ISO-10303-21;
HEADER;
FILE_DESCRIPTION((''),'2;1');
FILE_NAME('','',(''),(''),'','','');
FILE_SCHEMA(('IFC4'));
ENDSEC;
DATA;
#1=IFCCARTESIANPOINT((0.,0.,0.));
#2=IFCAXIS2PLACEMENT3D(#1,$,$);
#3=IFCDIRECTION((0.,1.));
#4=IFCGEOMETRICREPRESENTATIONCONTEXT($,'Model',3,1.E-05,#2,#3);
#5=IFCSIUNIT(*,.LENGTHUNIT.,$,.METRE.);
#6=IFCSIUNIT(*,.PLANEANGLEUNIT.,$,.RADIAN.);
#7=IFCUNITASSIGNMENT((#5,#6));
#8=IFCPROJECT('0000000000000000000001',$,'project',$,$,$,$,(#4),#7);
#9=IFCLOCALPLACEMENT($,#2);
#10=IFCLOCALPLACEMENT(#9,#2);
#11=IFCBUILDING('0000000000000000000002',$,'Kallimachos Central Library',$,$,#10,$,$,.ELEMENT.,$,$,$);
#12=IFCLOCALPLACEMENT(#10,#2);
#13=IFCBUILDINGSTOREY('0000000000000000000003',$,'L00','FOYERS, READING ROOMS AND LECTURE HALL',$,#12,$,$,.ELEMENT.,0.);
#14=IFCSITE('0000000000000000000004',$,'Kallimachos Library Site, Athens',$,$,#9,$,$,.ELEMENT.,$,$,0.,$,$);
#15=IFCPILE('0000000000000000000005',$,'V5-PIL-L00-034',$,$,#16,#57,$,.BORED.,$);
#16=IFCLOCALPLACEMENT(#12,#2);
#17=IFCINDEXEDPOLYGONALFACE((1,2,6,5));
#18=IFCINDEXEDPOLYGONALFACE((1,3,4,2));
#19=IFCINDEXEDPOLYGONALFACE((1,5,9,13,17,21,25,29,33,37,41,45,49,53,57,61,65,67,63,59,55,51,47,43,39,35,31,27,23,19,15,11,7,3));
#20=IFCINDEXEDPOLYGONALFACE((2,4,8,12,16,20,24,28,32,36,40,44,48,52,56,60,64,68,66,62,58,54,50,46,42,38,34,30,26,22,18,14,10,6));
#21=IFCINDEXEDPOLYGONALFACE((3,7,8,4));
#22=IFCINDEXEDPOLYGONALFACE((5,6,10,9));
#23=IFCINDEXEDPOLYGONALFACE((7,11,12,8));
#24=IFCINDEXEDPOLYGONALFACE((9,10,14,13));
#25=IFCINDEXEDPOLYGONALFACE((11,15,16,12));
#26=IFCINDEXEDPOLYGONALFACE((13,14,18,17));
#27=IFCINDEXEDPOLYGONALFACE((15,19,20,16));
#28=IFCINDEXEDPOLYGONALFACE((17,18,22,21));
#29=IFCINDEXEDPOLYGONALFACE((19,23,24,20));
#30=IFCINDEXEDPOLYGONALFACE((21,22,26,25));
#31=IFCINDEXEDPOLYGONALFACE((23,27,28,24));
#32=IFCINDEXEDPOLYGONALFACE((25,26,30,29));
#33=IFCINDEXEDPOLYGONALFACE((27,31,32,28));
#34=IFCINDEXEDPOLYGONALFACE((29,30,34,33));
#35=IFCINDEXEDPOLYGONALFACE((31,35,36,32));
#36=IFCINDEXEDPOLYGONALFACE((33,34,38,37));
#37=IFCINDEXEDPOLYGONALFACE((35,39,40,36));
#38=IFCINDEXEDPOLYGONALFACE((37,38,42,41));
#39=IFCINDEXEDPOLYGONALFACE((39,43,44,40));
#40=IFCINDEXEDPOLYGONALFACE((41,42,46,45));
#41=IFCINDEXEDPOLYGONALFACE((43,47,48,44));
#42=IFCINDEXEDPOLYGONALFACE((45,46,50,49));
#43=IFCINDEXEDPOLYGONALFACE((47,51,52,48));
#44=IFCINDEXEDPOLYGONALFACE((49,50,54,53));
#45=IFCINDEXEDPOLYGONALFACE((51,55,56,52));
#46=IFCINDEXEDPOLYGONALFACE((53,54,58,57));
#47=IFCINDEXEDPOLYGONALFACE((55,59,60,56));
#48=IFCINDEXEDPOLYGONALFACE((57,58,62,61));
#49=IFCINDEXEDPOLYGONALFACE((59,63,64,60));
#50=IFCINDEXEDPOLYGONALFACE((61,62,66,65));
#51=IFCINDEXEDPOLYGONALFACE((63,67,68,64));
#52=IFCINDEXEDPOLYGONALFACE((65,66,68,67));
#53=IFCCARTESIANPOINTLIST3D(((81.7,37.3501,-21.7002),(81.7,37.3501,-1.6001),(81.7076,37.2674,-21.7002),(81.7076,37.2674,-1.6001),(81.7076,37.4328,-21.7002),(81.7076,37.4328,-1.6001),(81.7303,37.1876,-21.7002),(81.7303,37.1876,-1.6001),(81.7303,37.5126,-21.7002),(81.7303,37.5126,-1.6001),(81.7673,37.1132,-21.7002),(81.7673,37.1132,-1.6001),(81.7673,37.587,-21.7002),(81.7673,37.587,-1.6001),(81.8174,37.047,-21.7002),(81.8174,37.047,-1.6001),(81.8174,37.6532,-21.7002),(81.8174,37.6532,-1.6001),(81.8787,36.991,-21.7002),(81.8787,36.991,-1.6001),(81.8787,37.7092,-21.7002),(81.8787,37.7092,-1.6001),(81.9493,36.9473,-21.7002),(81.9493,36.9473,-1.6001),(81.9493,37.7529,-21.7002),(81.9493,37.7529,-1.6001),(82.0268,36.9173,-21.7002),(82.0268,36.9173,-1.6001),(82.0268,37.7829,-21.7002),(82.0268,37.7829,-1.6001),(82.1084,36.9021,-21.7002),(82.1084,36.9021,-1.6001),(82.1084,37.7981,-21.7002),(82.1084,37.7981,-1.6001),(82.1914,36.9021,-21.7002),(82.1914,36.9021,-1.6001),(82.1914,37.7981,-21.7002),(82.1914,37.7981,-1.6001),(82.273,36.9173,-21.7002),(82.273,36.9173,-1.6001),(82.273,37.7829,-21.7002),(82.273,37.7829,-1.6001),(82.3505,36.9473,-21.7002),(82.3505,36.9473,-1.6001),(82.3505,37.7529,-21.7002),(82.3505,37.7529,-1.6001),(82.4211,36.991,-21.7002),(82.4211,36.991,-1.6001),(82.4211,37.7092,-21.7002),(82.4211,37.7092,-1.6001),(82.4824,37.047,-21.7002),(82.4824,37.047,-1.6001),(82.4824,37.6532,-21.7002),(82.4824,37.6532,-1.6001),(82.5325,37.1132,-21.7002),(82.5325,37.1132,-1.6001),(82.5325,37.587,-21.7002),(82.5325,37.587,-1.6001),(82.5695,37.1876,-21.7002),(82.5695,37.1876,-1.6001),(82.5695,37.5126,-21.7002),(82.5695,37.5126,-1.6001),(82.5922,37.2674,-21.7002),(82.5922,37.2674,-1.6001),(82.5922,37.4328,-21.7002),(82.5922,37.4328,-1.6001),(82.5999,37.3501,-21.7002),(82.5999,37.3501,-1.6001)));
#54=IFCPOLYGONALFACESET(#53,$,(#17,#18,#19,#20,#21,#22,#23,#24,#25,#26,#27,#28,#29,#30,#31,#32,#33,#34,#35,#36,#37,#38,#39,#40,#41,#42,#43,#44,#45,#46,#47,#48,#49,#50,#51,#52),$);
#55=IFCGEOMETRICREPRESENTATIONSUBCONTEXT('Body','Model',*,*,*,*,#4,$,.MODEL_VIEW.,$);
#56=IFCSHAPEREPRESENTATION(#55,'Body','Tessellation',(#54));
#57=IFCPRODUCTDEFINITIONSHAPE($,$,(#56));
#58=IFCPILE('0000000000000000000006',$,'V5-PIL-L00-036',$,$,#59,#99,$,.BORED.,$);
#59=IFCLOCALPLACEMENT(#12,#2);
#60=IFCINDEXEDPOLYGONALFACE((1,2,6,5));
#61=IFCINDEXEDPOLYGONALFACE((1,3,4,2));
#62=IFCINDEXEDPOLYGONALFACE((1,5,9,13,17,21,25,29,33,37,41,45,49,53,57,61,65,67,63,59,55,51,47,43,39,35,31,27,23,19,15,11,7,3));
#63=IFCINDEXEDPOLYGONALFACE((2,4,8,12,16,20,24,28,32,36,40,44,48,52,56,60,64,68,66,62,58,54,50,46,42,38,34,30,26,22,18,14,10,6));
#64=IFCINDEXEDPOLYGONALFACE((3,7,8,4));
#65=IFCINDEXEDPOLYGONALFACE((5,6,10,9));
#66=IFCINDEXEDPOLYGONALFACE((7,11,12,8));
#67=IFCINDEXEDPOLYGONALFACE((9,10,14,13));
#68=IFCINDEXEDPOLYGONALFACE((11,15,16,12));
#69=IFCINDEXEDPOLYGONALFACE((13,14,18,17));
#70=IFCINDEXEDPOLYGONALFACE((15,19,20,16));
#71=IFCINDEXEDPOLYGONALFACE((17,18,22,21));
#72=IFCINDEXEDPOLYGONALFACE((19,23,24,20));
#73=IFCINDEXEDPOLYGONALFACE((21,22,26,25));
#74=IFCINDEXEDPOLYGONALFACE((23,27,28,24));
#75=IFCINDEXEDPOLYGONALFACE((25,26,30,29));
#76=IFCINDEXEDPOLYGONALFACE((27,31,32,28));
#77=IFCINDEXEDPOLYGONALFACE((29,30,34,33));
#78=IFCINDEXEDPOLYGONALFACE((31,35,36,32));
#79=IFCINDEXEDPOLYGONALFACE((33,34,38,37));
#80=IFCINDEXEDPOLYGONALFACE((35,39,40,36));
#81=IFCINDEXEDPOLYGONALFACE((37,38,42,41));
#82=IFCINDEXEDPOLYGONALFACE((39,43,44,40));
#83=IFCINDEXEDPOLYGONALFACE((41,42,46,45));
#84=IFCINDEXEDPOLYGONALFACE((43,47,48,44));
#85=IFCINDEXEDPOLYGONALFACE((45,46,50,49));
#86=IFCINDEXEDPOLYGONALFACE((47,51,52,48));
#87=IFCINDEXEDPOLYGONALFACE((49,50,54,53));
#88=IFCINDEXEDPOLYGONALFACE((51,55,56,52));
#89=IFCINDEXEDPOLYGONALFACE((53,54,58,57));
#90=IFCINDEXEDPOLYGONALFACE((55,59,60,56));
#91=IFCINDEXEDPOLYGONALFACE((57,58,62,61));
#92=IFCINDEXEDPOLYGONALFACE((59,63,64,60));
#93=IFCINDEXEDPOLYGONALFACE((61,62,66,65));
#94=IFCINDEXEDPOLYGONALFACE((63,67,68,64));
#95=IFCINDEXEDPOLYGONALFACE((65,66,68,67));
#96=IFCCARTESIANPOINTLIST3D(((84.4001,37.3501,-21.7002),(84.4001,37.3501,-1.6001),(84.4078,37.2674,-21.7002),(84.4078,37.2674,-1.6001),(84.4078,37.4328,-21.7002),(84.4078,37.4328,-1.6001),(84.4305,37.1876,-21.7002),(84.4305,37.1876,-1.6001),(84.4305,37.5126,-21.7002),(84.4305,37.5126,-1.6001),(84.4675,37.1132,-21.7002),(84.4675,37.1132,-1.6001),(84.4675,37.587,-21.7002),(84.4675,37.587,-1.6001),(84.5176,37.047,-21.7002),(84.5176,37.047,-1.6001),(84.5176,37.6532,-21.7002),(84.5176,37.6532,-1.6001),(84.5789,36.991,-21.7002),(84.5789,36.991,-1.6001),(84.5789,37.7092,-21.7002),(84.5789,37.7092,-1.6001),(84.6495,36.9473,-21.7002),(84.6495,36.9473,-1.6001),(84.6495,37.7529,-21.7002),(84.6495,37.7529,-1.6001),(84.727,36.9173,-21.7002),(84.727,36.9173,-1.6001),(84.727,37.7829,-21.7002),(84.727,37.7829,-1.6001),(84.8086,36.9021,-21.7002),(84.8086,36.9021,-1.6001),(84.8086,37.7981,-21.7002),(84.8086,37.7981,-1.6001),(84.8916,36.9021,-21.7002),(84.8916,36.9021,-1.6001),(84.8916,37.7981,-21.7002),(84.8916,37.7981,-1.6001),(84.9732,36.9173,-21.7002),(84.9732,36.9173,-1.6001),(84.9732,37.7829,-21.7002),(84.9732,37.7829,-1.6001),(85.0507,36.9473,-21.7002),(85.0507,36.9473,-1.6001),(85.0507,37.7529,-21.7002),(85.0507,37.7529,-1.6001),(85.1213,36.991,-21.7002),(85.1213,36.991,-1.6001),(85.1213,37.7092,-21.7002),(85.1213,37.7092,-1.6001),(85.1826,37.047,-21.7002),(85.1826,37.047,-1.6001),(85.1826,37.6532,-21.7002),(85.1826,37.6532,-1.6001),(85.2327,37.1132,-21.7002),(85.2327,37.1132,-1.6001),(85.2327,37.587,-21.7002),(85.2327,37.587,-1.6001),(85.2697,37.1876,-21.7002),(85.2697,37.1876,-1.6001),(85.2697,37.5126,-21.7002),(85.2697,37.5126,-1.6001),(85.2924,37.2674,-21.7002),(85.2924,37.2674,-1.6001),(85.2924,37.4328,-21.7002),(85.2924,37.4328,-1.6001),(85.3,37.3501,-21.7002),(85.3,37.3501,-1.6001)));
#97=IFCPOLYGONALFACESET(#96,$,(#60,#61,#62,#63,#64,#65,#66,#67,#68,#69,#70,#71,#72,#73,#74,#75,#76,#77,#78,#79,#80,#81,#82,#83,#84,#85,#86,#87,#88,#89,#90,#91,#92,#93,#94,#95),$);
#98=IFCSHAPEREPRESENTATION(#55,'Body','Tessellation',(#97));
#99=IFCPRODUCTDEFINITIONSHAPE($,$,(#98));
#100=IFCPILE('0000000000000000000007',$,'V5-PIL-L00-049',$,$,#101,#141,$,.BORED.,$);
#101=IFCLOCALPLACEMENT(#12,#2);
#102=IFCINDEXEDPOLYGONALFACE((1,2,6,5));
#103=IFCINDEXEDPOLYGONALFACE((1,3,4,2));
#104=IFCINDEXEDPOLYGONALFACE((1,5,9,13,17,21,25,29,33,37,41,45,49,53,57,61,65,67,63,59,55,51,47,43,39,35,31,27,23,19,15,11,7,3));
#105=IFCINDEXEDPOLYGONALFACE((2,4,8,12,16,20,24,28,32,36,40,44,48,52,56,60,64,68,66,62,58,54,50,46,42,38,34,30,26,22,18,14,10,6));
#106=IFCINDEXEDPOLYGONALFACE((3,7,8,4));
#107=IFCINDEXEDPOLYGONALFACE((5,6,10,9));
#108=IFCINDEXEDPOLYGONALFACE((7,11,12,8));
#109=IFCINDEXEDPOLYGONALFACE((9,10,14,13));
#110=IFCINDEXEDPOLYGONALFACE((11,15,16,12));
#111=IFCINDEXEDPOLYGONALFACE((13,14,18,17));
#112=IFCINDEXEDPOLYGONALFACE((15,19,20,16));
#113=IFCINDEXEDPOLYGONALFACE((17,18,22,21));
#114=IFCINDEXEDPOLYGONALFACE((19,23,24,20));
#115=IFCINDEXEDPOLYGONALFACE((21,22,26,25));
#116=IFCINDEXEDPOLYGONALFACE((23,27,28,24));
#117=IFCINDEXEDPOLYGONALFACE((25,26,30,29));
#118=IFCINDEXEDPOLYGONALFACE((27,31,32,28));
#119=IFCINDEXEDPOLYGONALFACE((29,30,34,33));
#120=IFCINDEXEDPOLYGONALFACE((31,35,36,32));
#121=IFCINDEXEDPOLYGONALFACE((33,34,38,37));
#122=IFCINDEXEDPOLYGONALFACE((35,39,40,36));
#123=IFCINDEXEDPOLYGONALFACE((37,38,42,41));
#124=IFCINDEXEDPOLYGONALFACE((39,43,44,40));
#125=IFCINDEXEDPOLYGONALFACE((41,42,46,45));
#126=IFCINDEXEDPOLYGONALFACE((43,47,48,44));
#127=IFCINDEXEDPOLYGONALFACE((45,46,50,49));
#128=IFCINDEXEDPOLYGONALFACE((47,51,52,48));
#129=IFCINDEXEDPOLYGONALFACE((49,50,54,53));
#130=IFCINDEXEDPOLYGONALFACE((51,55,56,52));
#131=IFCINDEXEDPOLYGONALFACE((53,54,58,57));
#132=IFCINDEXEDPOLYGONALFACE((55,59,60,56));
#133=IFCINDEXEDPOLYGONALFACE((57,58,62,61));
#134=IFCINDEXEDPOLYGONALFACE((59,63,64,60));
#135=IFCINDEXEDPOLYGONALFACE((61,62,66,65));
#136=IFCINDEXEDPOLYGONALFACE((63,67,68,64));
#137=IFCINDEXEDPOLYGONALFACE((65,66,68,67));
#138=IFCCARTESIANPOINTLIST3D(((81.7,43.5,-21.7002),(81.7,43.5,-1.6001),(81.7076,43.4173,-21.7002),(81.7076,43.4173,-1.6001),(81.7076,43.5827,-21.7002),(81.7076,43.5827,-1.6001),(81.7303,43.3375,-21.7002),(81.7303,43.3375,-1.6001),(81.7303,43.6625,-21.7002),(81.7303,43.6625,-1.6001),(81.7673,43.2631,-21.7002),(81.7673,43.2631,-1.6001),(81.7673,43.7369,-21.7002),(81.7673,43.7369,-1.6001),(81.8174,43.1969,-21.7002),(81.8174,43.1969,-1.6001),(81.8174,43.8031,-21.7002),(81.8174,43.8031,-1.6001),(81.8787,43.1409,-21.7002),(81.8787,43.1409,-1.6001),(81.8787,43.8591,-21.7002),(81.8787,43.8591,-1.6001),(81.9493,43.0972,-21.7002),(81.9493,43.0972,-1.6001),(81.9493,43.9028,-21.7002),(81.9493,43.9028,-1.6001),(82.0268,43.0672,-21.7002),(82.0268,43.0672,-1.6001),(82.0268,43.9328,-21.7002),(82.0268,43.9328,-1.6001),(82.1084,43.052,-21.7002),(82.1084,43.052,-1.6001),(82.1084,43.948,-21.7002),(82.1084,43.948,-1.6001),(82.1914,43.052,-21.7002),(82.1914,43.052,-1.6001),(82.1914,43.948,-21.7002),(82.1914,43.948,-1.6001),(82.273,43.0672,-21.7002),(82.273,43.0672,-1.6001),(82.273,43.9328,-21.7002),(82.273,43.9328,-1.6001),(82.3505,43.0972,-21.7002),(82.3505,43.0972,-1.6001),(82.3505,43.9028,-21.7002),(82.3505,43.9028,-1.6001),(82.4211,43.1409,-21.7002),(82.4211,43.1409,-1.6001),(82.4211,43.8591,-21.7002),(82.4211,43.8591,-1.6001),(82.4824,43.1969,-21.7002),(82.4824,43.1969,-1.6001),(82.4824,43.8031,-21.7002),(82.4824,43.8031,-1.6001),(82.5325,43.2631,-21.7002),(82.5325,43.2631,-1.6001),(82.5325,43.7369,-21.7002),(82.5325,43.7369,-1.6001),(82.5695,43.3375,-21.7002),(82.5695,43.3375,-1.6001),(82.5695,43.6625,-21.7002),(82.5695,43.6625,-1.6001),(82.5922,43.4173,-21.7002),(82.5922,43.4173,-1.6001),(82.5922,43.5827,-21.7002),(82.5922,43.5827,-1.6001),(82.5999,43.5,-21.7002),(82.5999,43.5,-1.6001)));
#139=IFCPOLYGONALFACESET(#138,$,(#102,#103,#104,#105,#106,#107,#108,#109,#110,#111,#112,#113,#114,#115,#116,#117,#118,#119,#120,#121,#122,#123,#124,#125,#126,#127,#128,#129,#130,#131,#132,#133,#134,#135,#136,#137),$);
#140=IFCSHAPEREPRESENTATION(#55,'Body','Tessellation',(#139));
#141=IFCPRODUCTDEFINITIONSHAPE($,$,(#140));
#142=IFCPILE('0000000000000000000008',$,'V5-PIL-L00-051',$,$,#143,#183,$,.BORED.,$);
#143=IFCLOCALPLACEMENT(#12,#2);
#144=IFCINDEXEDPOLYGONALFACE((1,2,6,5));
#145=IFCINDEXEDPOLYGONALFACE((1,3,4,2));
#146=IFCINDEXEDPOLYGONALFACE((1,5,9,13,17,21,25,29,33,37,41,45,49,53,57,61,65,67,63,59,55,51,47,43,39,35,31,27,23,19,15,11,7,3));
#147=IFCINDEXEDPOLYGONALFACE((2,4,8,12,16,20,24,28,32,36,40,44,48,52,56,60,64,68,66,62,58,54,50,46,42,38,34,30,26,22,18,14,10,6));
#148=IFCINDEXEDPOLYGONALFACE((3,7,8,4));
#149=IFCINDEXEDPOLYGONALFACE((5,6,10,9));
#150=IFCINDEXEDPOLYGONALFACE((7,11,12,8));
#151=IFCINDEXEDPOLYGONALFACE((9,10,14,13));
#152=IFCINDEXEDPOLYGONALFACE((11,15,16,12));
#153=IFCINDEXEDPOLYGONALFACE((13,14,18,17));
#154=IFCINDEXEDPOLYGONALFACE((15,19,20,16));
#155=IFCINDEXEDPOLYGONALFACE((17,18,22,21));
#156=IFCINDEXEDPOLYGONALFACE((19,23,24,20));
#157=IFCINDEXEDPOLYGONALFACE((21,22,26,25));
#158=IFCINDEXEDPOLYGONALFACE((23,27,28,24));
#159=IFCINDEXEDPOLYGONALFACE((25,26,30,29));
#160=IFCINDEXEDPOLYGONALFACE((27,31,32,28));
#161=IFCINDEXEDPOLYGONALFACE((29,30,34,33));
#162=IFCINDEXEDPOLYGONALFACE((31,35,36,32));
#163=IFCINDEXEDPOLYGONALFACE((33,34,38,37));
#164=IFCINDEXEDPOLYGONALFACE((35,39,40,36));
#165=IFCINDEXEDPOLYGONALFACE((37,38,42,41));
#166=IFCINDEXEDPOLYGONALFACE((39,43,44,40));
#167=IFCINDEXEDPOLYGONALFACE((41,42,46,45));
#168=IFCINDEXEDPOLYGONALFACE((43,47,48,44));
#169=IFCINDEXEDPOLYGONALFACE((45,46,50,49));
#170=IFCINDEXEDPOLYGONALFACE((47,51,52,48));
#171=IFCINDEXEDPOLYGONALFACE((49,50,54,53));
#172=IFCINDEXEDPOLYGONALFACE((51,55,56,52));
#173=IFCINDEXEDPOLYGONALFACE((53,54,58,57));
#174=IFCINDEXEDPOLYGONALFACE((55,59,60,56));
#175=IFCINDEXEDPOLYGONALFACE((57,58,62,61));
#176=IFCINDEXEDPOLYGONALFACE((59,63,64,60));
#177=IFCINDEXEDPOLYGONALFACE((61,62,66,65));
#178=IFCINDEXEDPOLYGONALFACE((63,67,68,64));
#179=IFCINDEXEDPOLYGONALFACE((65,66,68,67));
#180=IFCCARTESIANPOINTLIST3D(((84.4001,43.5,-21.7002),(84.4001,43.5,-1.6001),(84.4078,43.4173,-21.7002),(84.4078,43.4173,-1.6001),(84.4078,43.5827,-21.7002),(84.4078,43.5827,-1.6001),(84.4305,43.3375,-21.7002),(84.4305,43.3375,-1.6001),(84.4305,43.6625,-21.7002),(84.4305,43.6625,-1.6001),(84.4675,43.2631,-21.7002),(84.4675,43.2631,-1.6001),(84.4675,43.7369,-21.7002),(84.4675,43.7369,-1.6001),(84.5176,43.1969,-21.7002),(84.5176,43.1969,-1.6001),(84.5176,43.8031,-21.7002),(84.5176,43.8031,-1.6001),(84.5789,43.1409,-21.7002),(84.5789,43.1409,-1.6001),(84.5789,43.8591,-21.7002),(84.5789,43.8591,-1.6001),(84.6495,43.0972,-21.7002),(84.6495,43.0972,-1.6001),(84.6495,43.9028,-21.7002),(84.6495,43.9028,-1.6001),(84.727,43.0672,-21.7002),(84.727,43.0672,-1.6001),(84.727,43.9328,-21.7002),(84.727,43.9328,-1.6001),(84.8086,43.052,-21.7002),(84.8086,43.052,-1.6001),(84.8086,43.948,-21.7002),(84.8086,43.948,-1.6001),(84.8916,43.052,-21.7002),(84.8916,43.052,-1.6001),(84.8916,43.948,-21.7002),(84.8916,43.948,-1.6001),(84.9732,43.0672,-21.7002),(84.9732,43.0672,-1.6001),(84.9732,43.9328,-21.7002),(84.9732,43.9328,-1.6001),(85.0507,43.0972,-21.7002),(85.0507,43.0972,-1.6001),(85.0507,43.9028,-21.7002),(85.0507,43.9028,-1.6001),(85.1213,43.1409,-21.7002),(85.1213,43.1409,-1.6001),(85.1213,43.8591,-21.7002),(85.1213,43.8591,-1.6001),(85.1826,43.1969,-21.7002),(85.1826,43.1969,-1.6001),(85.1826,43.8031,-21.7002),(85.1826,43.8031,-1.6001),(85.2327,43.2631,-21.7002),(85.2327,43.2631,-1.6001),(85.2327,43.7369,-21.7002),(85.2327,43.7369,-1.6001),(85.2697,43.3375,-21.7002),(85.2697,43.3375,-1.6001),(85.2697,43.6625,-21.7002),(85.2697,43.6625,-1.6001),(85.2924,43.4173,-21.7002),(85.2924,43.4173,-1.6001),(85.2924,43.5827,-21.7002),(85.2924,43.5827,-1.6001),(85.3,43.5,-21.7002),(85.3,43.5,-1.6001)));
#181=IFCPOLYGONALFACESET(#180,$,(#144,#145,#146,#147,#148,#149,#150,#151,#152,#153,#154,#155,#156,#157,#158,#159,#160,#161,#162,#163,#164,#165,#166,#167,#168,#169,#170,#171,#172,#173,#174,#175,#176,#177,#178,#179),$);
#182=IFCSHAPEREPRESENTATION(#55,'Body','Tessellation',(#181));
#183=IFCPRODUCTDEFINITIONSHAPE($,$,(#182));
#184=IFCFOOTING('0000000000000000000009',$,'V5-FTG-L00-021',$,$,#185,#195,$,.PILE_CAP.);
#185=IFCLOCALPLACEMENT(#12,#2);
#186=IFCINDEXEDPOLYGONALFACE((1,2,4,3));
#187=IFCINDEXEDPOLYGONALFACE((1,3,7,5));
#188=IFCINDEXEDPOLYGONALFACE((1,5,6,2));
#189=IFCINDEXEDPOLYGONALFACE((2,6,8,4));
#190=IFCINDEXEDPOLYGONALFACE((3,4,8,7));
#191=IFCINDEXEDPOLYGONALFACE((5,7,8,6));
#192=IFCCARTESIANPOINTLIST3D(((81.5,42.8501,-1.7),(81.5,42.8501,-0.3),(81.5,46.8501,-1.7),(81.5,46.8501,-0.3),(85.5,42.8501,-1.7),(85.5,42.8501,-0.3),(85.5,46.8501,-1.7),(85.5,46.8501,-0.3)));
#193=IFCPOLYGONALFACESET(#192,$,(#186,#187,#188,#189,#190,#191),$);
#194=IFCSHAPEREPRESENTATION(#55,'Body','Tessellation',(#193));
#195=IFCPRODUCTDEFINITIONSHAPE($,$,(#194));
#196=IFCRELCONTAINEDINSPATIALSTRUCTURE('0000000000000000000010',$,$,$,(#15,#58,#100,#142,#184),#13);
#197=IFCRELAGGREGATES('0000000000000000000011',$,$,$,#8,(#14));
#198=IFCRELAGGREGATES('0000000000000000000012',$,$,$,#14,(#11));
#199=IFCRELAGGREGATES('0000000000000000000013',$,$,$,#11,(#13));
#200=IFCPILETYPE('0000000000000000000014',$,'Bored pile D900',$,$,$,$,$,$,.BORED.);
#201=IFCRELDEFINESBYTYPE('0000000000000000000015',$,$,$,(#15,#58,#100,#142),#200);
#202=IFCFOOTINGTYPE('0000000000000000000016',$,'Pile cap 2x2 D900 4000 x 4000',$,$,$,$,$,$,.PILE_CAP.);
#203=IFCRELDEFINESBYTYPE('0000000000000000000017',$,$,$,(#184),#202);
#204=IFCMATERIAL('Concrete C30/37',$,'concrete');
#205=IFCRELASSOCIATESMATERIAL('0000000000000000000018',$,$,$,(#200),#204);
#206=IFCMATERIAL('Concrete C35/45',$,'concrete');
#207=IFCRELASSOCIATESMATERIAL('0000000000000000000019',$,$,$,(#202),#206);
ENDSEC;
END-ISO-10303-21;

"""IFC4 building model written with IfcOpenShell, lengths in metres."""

from ifc_helpers import new_model, si_unit, direction, frame, origin, origin_2d, place, context, subcontext, project, spatial, rectangle, circle, extrude, material, type_object, element, save


model = new_model("IFC4")

# Units and contexts
model_context = context("Model", 3, precision=1e-05, world=origin(), true_north=direction((0.0, 1.0)))
body_context = subcontext(model_context, "Body", "Model", "MODEL_VIEW")
ifc_project = project(units=[si_unit("LENGTHUNIT", "METRE"), si_unit("PLANEANGLEUNIT", "RADIAN")], contexts=[model_context])

# Site, building, storey
site_placement = place(None, origin())
site = spatial("IfcSite", under=ifc_project, at=site_placement, Name="Kallimachos Library Site, Athens", CompositionType="ELEMENT", RefElevation=0.0)
building_placement = place(site_placement, origin())
building = spatial("IfcBuilding", under=site, at=building_placement, Name="Kallimachos Central Library", CompositionType="ELEMENT")
storey_placement = place(building_placement, origin())
storey = spatial("IfcBuildingStorey", under=building, at=storey_placement, Name="L00", Description="FOYERS, READING ROOMS AND LECTURE HALL", CompositionType="ELEMENT", Elevation=0.0)

# Piles
ifc_material_1 = material(Name="Concrete C30/37", Category="concrete")
pile_type = type_object("IfcPileType", Name="Bored pile D900", PredefinedType="BORED", material=ifc_material_1)
for number, where, z_axis, x_axis, name in (
    (1, (82.1499, 37.3501, -1.6001), (0.0, 0.0, -1.0), (1.0, 0.0, 0.0), "V5-PIL-L00-034"),
    (2, (84.8501, 37.3501, -1.6001), (0.0, 0.0, -1.0), (1.0, 0.0, 0.0), "V5-PIL-L00-036"),
    (3, (82.1499, 43.5, -1.6001), (0.0, 0.0, -1.0), (1.0, 0.0, 0.0), "V5-PIL-L00-049"),
    (4, (84.8501, 43.5, -1.6001), (0.0, 0.0, -1.0), (1.0, 0.0, 0.0), "V5-PIL-L00-051"),
):
    element("IfcPile", number, at=place(storey_placement, frame(where, z_axis=z_axis, x_axis=x_axis)), inside=storey, type_object=pile_type, Name=name, PredefinedType="BORED", context=body_context, shape_type="SweptSolid", body=[
        extrude(circle(Radius=0.45, at=origin_2d()), origin(), (0.0, 0.0, 1.0), 20.1001),
    ])

# Footing
ifc_material_2 = material(Name="Concrete C35/45", Category="concrete")
footing_type = type_object("IfcFootingType", Name="Pile cap 2x2 D900 4000 x 4000", PredefinedType="PILE_CAP", material=ifc_material_2)
footing_placement = place(storey_placement, frame((83.5, 44.8501, -1.7), z_axis=(0.0, 0.0, 1.0), x_axis=(1.0, 0.0, 0.0)))
element("IfcFooting", 5, at=footing_placement, inside=storey, type_object=footing_type, Name="V5-FTG-L00-021", PredefinedType="PILE_CAP", context=body_context, shape_type="SweptSolid", body=[
    extrude(rectangle(XDim=4.0, YDim=4.0, at=origin_2d()), origin(), (0.0, 0.0, 1.0), 1.3999),
])

save(model, "model.ifc")
